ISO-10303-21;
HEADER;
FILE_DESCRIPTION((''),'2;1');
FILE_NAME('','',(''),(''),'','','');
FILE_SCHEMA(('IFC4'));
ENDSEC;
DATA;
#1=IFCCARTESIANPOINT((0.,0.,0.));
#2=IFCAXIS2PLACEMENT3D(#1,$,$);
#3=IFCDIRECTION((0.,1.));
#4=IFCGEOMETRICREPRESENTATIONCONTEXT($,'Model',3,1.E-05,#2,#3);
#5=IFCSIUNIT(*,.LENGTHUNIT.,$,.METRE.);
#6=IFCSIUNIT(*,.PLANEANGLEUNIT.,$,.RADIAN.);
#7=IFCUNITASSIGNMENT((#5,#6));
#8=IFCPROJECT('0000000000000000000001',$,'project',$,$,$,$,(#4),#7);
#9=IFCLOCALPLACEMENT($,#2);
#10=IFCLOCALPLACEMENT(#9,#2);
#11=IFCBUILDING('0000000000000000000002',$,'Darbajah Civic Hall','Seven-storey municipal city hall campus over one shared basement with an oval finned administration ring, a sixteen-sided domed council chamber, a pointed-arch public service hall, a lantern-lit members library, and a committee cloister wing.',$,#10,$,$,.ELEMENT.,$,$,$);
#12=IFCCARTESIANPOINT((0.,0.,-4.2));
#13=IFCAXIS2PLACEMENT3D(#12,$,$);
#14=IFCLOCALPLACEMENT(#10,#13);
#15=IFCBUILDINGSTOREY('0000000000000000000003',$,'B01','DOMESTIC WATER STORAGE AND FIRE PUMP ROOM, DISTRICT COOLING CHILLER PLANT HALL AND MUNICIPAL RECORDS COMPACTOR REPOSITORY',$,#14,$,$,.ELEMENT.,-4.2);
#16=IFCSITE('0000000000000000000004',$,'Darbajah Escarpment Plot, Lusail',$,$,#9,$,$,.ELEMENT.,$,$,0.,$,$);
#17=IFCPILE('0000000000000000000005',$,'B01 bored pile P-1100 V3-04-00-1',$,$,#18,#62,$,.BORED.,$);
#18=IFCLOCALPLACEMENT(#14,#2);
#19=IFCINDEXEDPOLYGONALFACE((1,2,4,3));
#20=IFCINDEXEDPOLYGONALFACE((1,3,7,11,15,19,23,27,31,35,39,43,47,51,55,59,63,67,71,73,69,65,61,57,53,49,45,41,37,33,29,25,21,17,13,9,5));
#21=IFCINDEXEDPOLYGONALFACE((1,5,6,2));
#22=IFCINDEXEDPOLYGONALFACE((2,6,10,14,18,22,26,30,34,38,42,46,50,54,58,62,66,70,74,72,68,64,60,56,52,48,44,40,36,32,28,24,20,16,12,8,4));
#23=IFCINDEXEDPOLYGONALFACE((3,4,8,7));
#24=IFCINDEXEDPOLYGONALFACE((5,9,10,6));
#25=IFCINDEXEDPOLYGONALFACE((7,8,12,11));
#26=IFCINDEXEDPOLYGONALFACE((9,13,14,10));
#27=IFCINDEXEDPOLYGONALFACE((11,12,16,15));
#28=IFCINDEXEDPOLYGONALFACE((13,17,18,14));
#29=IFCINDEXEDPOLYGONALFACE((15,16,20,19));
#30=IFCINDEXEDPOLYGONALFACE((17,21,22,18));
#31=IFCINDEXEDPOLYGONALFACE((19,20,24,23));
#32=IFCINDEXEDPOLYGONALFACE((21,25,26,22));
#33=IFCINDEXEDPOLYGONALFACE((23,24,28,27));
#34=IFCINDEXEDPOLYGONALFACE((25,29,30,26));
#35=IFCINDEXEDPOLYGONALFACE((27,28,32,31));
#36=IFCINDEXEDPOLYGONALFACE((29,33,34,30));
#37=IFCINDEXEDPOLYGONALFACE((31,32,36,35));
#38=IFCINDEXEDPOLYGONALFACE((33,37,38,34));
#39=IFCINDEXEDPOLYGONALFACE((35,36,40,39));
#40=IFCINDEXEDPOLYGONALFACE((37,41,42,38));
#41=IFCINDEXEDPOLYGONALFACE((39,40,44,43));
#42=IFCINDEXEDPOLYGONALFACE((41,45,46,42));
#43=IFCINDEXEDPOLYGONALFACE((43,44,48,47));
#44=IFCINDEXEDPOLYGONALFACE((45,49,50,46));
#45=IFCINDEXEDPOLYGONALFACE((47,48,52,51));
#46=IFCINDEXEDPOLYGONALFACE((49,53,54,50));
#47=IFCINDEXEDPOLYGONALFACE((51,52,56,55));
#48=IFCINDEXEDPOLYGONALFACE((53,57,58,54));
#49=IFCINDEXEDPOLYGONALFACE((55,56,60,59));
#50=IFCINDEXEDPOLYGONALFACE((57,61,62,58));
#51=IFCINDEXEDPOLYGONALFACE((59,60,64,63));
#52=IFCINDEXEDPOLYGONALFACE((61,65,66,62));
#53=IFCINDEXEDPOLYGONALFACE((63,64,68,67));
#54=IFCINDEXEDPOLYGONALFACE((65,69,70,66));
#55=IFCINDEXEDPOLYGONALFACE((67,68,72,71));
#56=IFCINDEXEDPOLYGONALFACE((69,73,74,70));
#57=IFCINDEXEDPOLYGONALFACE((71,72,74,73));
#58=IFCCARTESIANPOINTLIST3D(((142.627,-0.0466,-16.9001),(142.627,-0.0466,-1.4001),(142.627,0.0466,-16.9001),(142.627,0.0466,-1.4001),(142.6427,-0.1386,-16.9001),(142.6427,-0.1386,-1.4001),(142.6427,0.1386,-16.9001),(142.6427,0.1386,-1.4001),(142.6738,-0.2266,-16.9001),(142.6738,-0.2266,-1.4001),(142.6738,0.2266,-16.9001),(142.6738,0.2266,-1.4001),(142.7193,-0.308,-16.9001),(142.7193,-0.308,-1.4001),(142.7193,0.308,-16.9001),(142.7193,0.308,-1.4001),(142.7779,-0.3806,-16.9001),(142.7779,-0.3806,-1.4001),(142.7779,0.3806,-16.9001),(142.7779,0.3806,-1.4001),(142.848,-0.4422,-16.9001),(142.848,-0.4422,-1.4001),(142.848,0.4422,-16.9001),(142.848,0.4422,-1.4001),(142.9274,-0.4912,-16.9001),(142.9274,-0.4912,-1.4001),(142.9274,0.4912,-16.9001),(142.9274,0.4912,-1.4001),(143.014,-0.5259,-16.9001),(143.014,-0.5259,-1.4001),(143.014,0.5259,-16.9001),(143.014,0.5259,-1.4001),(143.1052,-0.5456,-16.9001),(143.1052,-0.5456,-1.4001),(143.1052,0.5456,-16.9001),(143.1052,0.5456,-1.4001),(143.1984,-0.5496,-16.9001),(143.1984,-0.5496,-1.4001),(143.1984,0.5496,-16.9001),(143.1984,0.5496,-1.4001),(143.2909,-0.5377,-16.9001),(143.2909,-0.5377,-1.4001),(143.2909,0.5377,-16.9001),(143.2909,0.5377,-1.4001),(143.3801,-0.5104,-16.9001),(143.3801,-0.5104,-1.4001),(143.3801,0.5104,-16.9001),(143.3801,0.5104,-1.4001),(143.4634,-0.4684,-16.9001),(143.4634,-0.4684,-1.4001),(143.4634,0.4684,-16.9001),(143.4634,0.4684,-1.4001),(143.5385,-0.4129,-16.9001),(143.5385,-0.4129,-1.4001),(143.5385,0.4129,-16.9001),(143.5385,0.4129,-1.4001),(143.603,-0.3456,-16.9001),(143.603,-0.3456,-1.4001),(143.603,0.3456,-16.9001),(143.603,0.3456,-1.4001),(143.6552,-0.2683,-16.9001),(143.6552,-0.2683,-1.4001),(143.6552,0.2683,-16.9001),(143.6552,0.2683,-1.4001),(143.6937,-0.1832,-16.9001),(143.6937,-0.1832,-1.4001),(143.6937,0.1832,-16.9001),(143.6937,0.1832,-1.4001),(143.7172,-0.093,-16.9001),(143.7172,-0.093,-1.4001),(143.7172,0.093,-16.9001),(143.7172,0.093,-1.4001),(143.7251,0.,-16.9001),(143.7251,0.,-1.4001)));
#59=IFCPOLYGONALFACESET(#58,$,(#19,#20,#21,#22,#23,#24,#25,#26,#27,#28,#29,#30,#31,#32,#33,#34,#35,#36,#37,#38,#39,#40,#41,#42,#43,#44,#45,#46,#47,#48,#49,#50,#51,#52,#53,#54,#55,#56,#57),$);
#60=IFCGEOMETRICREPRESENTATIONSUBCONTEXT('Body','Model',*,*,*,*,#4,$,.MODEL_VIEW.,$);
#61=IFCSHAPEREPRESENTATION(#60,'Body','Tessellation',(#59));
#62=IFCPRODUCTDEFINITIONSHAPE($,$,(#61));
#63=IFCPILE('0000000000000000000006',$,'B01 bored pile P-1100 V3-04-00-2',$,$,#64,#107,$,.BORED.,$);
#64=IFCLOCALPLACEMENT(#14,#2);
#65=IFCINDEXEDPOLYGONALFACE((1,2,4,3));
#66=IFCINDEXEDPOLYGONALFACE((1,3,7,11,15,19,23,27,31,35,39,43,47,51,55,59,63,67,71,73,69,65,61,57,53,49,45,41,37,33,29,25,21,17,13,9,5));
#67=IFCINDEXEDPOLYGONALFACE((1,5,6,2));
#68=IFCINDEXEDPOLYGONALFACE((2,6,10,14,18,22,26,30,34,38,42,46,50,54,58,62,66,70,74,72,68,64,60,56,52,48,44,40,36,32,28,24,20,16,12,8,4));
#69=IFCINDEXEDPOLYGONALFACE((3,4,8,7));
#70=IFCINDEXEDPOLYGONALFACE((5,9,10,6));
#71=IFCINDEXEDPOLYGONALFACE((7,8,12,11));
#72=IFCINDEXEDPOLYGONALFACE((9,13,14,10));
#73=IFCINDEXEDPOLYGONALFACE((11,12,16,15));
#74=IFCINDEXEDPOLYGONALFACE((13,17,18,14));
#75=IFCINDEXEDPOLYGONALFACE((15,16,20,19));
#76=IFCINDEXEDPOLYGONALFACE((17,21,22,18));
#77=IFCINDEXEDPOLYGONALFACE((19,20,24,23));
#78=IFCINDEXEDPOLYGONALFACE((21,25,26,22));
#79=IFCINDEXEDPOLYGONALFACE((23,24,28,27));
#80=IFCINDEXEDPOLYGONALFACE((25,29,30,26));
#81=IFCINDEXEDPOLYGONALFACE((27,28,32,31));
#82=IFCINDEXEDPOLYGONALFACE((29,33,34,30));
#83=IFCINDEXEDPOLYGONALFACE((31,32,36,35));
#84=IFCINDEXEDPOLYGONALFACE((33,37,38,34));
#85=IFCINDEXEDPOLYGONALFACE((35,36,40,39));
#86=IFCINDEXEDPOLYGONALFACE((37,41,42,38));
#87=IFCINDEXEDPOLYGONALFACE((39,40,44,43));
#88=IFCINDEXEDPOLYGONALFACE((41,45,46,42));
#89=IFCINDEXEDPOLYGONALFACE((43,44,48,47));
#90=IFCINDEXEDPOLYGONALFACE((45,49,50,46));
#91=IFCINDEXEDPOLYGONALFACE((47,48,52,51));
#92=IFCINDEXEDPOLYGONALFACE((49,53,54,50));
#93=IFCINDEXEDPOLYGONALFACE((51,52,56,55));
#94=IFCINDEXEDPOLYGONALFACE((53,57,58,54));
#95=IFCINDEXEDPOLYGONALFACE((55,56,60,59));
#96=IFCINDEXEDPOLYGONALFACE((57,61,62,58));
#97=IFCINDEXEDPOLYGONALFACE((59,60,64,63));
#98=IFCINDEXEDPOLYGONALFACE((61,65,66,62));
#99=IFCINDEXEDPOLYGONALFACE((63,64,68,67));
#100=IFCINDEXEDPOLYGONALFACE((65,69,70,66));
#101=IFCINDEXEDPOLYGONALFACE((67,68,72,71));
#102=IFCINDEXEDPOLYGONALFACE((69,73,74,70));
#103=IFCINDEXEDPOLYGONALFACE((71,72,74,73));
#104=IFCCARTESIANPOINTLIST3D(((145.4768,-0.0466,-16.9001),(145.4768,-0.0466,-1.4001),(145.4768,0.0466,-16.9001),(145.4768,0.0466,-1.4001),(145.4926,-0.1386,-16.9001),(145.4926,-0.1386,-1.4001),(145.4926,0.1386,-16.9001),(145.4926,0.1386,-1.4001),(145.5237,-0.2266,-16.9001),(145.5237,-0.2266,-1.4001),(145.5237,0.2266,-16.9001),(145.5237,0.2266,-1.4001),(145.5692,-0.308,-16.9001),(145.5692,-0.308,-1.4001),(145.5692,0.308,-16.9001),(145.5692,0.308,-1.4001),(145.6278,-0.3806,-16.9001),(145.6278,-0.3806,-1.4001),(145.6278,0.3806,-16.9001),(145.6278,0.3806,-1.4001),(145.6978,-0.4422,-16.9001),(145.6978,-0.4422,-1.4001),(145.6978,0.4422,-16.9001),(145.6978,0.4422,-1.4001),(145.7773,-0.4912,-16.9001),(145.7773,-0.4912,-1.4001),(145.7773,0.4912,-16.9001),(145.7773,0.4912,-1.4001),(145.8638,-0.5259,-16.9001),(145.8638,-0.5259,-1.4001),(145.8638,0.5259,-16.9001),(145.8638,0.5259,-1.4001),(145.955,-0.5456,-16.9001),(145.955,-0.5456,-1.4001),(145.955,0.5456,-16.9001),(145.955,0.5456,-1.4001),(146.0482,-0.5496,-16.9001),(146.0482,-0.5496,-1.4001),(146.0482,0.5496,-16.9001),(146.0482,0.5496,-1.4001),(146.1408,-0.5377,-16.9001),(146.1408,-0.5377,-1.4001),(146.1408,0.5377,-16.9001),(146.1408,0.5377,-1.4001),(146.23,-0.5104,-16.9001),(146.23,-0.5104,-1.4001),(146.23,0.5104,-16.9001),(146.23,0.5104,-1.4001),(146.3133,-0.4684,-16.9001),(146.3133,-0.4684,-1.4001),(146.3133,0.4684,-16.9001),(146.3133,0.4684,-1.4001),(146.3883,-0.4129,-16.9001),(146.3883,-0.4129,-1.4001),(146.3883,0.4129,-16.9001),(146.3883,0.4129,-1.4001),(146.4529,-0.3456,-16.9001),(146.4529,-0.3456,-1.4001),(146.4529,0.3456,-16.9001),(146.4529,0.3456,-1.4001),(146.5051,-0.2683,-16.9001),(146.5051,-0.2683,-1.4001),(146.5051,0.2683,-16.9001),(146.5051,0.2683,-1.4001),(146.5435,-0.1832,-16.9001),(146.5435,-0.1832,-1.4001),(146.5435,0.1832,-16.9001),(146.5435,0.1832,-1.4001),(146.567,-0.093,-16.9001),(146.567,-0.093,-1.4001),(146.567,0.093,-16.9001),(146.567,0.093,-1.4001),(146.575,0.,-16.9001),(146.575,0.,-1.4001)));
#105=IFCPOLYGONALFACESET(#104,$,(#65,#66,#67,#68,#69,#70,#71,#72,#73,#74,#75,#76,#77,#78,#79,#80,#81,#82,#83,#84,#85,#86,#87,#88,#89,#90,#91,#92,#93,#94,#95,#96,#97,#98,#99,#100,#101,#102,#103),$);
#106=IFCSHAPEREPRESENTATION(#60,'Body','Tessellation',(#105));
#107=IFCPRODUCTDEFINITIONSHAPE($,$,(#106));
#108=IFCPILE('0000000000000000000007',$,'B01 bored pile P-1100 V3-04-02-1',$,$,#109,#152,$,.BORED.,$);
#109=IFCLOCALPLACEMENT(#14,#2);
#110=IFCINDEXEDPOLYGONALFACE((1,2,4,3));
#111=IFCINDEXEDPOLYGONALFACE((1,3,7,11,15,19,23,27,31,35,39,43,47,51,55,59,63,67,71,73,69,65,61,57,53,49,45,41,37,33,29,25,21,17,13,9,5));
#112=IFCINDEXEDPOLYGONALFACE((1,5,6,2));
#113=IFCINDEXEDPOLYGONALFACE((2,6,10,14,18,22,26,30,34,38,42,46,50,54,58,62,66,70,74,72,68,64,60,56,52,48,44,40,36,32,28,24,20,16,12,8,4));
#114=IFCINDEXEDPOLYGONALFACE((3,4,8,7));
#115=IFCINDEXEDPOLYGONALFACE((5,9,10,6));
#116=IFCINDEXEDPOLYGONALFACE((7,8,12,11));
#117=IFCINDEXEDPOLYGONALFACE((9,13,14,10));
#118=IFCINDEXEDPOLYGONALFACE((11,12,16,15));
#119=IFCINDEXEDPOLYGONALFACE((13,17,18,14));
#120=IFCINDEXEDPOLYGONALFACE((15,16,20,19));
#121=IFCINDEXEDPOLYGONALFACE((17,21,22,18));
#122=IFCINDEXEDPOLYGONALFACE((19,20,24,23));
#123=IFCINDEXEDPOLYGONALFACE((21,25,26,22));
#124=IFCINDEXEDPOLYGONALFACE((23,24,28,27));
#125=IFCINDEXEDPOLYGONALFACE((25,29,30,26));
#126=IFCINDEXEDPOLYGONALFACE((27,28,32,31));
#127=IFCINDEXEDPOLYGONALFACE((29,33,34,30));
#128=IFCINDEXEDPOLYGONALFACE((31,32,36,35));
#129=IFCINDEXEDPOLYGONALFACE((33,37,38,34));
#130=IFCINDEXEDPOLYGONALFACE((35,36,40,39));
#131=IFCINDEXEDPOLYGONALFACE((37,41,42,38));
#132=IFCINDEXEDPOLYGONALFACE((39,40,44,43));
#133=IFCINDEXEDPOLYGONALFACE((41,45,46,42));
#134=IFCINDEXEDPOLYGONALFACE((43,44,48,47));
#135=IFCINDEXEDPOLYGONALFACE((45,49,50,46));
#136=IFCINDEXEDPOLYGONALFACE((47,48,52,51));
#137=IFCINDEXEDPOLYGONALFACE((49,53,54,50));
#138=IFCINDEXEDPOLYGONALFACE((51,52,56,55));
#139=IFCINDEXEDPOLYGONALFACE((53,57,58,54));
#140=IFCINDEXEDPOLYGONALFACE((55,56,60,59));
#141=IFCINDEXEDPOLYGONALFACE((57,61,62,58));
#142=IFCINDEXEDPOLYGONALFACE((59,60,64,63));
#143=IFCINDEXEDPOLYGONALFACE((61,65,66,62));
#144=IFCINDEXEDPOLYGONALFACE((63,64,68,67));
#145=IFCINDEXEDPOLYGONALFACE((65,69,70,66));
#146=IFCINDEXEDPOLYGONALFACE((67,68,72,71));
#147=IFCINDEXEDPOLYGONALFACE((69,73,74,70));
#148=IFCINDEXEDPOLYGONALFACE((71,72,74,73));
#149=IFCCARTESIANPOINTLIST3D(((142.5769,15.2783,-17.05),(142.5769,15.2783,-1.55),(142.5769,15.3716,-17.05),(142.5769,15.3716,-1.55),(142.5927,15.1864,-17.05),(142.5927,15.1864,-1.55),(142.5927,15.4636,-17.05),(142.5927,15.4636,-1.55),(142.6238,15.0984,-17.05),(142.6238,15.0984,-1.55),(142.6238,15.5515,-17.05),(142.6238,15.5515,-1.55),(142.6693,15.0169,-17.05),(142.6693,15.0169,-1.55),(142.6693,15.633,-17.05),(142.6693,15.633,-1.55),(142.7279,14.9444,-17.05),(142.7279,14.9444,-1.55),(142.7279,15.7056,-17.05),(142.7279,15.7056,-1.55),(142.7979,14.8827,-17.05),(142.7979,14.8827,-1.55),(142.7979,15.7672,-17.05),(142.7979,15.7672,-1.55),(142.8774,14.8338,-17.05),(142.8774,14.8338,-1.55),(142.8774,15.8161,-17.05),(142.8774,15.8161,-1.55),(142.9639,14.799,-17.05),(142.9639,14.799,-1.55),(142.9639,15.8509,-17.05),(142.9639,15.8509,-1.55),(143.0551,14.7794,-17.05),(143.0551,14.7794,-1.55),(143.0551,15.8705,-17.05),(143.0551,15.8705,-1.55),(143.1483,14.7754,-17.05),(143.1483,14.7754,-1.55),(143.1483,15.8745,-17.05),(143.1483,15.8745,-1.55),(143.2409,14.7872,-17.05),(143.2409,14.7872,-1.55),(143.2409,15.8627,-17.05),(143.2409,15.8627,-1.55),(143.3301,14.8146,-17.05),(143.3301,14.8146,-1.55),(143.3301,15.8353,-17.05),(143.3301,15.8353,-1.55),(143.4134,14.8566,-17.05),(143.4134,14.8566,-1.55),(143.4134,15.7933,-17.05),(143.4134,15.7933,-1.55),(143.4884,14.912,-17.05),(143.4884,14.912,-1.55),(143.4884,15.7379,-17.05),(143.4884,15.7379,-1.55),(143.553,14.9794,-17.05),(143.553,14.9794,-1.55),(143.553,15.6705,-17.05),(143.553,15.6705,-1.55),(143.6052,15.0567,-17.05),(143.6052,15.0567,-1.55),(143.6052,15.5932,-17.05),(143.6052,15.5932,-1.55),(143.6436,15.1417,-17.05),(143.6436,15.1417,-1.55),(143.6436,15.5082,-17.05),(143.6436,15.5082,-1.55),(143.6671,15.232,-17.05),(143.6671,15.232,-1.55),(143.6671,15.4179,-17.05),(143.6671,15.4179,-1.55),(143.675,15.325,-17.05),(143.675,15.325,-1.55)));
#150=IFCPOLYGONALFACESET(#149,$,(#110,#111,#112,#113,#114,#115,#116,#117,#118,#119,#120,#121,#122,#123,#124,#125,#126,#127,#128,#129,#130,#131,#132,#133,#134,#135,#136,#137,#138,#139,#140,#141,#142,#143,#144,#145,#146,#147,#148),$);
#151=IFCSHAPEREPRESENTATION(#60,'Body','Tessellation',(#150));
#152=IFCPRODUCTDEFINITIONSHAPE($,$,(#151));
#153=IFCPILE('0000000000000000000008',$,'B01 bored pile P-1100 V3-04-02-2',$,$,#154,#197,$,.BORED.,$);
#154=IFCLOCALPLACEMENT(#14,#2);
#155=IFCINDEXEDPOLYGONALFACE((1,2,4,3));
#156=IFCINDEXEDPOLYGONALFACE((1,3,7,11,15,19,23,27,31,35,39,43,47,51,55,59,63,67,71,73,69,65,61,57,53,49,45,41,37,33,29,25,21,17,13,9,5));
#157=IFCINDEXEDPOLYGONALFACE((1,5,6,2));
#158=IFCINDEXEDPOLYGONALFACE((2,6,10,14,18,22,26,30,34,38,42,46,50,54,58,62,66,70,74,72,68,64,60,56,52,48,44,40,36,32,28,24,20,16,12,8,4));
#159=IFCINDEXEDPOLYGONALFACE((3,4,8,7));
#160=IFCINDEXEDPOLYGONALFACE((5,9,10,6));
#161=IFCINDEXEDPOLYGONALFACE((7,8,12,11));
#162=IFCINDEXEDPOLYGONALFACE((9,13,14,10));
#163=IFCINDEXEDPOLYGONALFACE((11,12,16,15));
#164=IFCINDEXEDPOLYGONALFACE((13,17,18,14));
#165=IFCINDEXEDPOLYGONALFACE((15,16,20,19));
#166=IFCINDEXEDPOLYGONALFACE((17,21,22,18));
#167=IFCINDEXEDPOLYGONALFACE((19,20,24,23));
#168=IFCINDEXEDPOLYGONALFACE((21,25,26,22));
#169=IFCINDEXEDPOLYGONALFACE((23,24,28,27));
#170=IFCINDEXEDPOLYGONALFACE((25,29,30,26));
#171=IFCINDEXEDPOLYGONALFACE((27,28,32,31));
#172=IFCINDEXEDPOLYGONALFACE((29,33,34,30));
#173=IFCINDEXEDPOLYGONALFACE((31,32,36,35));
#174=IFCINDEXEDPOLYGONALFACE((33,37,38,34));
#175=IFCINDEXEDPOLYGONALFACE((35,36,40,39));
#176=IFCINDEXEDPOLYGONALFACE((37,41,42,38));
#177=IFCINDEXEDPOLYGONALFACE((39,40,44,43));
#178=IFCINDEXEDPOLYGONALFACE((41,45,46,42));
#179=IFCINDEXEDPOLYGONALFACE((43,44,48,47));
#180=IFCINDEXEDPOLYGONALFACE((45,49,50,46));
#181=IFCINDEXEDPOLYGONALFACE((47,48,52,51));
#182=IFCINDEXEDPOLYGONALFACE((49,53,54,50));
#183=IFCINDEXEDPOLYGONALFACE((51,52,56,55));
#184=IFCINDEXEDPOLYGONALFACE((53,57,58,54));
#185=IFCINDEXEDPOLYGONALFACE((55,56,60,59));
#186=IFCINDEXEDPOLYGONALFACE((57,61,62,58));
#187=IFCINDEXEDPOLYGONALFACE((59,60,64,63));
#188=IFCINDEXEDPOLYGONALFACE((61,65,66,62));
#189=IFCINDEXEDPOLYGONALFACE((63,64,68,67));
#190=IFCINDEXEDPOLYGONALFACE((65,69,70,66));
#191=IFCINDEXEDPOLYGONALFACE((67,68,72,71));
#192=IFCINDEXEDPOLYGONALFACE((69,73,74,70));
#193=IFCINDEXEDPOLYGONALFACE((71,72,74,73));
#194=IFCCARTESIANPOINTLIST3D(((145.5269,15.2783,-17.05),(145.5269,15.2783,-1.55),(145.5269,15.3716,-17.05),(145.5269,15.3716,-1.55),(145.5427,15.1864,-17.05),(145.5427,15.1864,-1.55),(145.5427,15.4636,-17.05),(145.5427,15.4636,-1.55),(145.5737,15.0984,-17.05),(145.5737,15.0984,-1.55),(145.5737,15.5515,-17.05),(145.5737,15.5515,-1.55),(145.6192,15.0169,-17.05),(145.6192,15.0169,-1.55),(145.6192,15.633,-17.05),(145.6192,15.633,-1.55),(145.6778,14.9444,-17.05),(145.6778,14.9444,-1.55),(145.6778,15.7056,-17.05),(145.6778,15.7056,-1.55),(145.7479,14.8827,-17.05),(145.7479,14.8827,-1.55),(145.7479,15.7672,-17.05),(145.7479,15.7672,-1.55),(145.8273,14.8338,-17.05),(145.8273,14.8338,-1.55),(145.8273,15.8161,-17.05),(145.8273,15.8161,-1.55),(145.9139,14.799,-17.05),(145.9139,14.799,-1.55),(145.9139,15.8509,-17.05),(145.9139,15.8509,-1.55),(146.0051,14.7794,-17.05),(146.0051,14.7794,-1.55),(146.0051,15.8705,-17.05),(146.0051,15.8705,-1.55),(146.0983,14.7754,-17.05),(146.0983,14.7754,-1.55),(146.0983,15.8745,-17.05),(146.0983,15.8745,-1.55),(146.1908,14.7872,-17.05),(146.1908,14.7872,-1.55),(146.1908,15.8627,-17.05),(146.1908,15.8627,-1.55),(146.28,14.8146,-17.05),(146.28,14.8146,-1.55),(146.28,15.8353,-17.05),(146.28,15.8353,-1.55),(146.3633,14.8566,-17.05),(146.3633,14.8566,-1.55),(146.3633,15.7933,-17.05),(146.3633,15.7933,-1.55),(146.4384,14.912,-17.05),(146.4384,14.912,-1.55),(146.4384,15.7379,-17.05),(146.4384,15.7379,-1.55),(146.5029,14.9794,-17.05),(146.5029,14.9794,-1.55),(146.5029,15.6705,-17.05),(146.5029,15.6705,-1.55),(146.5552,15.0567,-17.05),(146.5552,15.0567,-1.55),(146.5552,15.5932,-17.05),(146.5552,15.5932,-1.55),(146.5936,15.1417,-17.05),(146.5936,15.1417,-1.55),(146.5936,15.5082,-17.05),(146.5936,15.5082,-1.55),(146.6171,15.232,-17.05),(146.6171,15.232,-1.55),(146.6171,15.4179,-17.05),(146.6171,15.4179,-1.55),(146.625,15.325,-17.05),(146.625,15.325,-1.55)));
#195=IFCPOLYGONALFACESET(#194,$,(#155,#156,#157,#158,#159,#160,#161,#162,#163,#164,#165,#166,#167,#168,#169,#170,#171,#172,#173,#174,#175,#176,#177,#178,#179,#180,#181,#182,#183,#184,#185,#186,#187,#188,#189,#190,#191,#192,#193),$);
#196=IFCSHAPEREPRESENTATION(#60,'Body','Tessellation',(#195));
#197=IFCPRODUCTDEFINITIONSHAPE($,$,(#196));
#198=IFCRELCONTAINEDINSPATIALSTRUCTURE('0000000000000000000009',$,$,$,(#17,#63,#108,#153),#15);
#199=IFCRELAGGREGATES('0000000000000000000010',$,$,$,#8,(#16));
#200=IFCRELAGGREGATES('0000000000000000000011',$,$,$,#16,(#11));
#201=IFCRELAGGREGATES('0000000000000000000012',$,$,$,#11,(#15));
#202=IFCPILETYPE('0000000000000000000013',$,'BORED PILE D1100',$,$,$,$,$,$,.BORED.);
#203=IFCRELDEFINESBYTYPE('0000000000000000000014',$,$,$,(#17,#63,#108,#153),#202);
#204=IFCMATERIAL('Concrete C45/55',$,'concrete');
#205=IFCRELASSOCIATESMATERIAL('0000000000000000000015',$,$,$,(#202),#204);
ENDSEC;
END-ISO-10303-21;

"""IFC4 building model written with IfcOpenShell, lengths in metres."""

from ifc_helpers import new_model, si_unit, direction, frame, origin, origin_2d, place, context, subcontext, project, spatial, circle, extrude, material, material_profile, profile_set, type_object, element, save


model = new_model("IFC4")

# Units and contexts
model_context = context("Model", 3, precision=1e-05, world=origin(), true_north=direction((0.0, 1.0)))
body_context = subcontext(model_context, "Body", "Model", "MODEL_VIEW")
ifc_project = project(units=[si_unit("LENGTHUNIT", "METRE"), si_unit("PLANEANGLEUNIT", "RADIAN")], contexts=[model_context])

# Site, building, storey
site_placement = place(None, origin())
site = spatial("IfcSite", under=ifc_project, at=site_placement, Name="Darbajah Escarpment Plot, Lusail", CompositionType="ELEMENT", RefElevation=0.0)
building_placement = place(site_placement, origin())
building = spatial("IfcBuilding", under=site, at=building_placement, Name="Darbajah Civic Hall", Description="Seven-storey municipal city hall campus over one shared basement with an oval finned administration ring, a sixteen-sided domed council chamber, a pointed-arch public service hall, a lantern-lit members library, and a committee cloister wing.", CompositionType="ELEMENT")
storey_placement = place(building_placement, frame((0.0, 0.0, -4.2)))
storey = spatial("IfcBuildingStorey", under=building, at=storey_placement, Name="B01", Description="DOMESTIC WATER STORAGE AND FIRE PUMP ROOM, DISTRICT COOLING CHILLER PLANT HALL AND MUNICIPAL RECORDS COMPACTOR REPOSITORY", CompositionType="ELEMENT", Elevation=-4.2)

# Piles
ifc_material_1 = material(Name="Concrete C45/55", Category="concrete")
ifc_material_profile_1 = material_profile(ifc_material_1, circle(Radius=0.55, at=origin_2d()), Name="BORED PILE D1100")
ifc_profile_set_1 = profile_set([ifc_material_profile_1], Name="Concrete C45/55")
pile_type_1 = type_object("IfcPileType", Name="BORED PILE D1100", PredefinedType="BORED", material=ifc_profile_set_1)
for number, where, z_axis, x_axis, name in (
    (1, (143.175, 0.0, -1.4001), (0.0, 0.0, -1.0), (1.0, 0.0, 0.0), "B01 bored pile P-1100 V3-04-00-1"),
    (2, (146.0249, 0.0, -1.4001), (0.0, 0.0, -1.0), (1.0, 0.0, 0.0), "B01 bored pile P-1100 V3-04-00-2"),
    (3, (143.125, 15.325, -1.55), (0.0, 0.0, -1.0), (1.0, 0.0, 0.0), "B01 bored pile P-1100 V3-04-02-1"),
    (4, (146.075, 15.325, -1.55), (0.0, 0.0, -1.0), (1.0, 0.0, 0.0), "B01 bored pile P-1100 V3-04-02-2"),
):
    element("IfcPile", number, at=place(storey_placement, frame(where, z_axis=z_axis, x_axis=x_axis)), inside=storey, type_object=pile_type_1, Name=name, PredefinedType="BORED", context=body_context, shape_type="SweptSolid", body=[
        extrude(circle(Radius=0.55, at=origin_2d()), origin(), (0.0, 0.0, 1.0), 15.5),
    ])

save(model, "model.ifc")
